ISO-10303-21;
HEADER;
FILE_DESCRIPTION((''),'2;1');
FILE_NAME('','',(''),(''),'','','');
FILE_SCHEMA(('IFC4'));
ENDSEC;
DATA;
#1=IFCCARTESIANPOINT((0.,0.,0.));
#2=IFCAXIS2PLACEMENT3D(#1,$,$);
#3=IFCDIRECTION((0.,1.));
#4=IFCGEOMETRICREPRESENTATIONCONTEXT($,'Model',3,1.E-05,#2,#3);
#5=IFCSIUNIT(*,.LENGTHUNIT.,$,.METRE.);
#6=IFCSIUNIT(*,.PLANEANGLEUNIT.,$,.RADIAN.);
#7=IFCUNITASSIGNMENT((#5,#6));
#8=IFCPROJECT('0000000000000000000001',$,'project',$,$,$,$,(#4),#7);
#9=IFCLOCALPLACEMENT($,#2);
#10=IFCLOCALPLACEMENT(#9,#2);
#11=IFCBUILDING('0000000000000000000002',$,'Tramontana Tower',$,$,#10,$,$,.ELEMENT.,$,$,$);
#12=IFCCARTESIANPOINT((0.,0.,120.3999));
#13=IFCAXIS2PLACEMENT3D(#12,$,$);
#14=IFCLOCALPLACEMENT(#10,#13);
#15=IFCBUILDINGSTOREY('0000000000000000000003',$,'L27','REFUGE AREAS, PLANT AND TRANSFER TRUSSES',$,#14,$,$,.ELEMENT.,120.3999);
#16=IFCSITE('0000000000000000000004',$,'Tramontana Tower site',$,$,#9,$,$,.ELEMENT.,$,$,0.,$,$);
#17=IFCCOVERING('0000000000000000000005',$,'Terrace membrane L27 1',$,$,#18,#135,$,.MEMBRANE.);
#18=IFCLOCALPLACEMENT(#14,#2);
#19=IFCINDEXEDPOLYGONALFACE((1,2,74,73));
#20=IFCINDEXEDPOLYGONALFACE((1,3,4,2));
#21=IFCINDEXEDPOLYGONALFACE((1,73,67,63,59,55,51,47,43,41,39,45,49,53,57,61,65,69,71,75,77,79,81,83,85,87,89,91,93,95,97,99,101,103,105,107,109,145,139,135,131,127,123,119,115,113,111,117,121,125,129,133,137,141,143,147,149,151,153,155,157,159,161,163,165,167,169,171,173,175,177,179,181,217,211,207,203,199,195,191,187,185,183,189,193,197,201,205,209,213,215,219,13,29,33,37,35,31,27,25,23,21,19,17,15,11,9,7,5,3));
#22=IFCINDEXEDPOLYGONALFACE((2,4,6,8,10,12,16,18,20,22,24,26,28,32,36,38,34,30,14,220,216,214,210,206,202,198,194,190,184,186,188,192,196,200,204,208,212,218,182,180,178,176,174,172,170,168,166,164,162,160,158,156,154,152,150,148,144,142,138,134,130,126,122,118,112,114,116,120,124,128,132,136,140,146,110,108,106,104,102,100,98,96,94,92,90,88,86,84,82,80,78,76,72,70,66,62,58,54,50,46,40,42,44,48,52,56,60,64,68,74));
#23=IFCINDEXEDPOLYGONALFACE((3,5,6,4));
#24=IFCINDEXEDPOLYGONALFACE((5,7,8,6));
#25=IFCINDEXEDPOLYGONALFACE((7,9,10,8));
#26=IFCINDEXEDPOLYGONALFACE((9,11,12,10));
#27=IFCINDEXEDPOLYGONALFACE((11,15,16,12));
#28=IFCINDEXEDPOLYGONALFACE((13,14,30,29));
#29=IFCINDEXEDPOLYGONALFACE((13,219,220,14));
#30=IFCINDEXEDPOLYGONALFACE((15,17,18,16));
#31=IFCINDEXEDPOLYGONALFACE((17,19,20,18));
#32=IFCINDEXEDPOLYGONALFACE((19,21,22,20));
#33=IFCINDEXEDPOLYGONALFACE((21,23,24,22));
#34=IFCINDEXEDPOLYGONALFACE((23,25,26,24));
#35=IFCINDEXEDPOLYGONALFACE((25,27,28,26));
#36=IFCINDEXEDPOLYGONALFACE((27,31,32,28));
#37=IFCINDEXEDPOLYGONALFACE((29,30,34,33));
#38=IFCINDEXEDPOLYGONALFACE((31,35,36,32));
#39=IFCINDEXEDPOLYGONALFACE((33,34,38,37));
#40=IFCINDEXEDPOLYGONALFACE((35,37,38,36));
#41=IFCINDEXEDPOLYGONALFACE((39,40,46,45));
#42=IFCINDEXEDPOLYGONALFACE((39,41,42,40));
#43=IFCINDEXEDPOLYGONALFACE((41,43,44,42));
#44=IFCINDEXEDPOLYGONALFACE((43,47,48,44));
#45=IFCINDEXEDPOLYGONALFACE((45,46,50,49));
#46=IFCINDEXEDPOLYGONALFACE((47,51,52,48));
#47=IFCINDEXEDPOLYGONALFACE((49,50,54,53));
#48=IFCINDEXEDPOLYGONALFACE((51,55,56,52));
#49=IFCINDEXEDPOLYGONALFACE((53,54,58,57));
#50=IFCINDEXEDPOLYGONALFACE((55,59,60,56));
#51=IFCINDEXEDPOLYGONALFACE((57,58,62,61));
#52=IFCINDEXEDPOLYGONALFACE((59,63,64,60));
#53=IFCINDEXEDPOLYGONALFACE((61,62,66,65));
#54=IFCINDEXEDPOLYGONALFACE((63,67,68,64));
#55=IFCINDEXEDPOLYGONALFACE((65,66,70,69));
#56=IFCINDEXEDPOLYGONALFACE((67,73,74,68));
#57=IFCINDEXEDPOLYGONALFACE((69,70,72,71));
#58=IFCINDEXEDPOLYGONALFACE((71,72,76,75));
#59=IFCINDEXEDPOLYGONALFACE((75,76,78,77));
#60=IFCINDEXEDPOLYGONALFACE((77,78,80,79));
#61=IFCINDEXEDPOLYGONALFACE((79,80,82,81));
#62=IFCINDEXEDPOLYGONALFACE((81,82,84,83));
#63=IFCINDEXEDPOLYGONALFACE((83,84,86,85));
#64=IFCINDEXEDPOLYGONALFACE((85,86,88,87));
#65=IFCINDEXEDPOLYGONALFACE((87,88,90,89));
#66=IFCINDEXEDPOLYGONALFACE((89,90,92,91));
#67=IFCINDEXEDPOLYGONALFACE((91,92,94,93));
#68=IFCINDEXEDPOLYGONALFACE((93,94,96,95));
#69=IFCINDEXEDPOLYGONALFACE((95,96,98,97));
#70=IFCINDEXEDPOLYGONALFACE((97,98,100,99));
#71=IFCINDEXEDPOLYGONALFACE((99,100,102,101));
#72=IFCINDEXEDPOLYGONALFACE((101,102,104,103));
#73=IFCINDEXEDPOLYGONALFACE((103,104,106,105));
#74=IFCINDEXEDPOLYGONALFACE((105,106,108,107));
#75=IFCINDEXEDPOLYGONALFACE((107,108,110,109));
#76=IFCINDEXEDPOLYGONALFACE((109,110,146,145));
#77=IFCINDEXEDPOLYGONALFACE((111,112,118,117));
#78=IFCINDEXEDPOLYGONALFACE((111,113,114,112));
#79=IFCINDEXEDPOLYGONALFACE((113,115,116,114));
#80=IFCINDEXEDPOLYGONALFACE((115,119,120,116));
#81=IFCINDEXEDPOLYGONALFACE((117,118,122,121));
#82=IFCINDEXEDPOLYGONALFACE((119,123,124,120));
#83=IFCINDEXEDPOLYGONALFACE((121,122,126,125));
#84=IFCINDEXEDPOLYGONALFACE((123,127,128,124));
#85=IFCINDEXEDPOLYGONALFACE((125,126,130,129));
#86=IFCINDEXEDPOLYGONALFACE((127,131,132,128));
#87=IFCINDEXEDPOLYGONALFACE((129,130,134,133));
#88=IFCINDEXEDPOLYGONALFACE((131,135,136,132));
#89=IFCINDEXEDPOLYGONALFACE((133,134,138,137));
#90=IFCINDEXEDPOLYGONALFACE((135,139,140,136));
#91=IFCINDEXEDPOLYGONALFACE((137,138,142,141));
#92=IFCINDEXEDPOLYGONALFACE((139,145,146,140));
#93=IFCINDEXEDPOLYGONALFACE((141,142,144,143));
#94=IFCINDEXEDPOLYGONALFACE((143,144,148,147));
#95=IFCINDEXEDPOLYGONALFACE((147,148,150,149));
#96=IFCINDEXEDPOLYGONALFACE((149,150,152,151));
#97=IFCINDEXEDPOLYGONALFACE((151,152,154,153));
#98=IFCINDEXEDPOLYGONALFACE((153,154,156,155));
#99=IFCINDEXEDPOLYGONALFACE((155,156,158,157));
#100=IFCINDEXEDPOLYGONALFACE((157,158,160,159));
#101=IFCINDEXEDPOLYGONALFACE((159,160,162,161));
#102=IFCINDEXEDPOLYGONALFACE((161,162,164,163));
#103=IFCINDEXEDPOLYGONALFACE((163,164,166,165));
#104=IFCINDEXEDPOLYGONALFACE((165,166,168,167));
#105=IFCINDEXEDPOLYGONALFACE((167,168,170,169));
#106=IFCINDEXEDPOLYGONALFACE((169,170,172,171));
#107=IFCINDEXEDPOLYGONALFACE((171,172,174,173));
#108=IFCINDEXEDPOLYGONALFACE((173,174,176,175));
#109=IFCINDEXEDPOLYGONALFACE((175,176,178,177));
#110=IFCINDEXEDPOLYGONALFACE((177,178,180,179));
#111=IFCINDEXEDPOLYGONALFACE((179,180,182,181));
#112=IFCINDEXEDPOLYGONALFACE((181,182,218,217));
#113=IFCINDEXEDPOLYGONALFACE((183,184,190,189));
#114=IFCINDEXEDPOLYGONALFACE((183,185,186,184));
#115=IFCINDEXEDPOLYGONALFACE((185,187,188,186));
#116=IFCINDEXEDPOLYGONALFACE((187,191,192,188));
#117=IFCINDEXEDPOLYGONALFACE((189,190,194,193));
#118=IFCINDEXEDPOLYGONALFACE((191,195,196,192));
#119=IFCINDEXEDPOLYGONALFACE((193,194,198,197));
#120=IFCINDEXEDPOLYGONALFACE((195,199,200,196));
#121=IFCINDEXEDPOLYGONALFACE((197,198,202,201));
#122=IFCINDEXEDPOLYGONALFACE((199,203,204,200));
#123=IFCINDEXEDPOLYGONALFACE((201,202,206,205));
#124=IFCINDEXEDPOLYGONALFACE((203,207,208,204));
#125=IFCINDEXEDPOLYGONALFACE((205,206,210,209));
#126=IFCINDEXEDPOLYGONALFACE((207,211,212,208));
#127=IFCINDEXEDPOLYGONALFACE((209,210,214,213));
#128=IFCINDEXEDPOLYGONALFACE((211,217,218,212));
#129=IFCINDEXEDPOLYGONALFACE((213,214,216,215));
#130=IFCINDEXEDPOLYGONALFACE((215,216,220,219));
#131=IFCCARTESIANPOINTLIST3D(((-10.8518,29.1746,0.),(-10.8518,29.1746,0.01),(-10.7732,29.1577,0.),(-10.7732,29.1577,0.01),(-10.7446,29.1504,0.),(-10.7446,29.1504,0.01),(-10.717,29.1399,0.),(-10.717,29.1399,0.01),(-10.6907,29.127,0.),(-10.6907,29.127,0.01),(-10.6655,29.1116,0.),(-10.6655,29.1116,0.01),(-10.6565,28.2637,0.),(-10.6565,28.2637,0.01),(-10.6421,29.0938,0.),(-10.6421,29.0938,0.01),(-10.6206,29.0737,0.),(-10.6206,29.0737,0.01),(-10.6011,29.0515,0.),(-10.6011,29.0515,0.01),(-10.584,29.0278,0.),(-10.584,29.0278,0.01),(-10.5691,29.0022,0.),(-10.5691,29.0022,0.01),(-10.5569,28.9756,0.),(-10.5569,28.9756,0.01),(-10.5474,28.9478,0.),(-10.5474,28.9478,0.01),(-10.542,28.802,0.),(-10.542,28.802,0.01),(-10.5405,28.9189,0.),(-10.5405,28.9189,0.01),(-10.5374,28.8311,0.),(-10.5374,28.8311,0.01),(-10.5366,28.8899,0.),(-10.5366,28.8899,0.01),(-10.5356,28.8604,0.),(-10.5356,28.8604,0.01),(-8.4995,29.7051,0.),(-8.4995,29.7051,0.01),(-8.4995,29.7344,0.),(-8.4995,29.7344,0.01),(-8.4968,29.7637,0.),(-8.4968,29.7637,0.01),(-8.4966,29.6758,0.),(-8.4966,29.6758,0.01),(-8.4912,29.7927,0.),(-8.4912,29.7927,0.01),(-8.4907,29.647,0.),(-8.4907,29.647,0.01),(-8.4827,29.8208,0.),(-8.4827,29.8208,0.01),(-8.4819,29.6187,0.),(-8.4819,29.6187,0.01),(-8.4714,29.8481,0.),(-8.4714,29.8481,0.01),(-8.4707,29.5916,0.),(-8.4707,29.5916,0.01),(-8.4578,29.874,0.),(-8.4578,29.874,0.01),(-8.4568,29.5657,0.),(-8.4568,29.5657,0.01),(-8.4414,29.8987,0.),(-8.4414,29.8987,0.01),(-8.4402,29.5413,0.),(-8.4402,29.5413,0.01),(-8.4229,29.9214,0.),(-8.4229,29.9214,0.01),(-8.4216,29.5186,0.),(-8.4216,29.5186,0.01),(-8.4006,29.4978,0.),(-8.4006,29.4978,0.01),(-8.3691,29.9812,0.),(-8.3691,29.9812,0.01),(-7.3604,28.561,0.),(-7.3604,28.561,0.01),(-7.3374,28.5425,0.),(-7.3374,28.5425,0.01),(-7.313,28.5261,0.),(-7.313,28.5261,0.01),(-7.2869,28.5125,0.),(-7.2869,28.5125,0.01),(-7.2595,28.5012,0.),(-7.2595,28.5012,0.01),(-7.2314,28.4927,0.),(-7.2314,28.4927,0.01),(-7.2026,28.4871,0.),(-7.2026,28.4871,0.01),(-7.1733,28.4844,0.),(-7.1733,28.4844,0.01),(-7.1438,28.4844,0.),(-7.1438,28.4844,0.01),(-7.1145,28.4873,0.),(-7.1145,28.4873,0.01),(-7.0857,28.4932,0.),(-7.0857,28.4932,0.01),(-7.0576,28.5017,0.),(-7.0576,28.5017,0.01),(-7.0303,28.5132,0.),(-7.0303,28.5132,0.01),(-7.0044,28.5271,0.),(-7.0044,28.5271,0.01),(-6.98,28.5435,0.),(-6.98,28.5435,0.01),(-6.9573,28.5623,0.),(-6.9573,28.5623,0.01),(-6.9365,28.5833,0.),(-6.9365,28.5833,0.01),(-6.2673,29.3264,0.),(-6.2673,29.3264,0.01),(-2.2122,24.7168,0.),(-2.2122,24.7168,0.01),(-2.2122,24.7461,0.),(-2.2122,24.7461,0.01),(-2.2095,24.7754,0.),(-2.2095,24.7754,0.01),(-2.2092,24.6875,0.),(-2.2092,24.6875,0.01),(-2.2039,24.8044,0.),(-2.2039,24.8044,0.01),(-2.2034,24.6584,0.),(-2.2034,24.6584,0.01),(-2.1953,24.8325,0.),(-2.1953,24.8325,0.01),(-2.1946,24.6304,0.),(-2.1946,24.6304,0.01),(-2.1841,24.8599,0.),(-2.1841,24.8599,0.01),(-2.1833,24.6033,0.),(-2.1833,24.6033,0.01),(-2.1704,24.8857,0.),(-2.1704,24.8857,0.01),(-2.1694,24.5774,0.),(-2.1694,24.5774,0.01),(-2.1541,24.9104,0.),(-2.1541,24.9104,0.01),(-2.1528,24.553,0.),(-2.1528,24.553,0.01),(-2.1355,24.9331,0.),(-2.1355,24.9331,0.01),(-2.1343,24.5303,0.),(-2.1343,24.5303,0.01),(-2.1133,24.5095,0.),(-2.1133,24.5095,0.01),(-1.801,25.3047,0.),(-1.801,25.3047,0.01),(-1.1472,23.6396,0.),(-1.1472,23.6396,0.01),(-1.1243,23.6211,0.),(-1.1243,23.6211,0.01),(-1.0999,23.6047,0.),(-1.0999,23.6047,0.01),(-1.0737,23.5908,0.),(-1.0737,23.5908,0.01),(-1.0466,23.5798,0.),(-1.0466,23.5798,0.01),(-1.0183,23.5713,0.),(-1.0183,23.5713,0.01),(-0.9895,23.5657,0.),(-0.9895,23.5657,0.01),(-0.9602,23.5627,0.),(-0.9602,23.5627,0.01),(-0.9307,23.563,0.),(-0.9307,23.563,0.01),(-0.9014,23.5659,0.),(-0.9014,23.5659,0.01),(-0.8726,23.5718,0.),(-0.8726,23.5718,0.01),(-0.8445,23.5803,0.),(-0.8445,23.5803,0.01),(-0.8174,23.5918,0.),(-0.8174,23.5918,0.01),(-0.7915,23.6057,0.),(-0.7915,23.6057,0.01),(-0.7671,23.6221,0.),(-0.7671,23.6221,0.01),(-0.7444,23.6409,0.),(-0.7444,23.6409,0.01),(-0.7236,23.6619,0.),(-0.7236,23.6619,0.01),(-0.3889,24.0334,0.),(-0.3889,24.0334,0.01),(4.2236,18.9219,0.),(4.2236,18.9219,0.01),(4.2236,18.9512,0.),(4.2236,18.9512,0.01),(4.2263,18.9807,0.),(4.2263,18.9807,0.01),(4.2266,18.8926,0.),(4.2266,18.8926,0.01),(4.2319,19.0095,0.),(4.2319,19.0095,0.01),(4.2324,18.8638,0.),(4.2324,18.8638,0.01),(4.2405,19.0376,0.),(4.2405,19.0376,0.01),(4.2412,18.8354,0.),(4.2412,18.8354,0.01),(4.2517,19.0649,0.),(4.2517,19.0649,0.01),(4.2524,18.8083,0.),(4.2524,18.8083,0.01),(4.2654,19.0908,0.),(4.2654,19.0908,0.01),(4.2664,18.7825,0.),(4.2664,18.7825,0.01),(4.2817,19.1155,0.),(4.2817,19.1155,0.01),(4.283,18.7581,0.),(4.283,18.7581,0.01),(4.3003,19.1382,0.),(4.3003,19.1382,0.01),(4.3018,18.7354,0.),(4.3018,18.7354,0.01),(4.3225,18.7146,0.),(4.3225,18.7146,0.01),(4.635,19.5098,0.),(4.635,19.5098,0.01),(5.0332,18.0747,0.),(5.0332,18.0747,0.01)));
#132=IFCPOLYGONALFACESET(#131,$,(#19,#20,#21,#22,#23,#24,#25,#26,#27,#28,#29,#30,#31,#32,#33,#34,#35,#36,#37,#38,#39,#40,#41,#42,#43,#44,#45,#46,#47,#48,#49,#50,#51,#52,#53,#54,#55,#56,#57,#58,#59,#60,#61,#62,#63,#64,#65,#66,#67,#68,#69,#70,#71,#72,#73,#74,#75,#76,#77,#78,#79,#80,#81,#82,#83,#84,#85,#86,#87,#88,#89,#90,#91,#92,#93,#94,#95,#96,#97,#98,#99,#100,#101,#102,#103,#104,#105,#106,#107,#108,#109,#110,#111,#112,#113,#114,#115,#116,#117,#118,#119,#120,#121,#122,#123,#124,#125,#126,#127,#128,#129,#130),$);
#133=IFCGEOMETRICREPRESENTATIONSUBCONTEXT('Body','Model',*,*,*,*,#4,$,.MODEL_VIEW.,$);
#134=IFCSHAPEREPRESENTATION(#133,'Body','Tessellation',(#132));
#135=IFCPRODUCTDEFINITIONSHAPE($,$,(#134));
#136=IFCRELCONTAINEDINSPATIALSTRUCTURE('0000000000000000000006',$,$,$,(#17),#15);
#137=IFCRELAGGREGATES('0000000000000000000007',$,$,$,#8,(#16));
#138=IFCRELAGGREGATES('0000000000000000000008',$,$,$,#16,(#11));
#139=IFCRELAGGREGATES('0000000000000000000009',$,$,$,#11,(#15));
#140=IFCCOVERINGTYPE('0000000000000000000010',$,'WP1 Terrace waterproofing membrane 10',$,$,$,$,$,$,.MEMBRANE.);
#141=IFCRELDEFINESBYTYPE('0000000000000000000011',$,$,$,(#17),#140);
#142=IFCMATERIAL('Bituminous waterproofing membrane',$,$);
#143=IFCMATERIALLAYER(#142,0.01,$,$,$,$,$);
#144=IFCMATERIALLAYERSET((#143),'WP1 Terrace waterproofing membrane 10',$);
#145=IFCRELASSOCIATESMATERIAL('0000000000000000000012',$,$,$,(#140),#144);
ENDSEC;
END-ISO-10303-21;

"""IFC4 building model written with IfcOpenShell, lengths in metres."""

from ifc_helpers import new_model, si_unit, direction, frame, origin, place, context, subcontext, project, spatial, polyline, outline, extrude, material, layer, layer_set, type_object, element, save


model = new_model("IFC4")

# Units and contexts
model_context = context("Model", 3, precision=1e-05, world=origin(), true_north=direction((0.0, 1.0)))
body_context = subcontext(model_context, "Body", "Model", "MODEL_VIEW")
ifc_project = project(units=[si_unit("LENGTHUNIT", "METRE"), si_unit("PLANEANGLEUNIT", "RADIAN")], contexts=[model_context])

# Site, building, storey
site_placement = place(None, origin())
site = spatial("IfcSite", under=ifc_project, at=site_placement, Name="Tramontana Tower site", CompositionType="ELEMENT", RefElevation=0.0)
building_placement = place(site_placement, origin())
building = spatial("IfcBuilding", under=site, at=building_placement, Name="Tramontana Tower", CompositionType="ELEMENT")
storey_placement = place(building_placement, frame((0.0, 0.0, 120.3999)))
storey = spatial("IfcBuildingStorey", under=building, at=storey_placement, Name="L27", Description="REFUGE AREAS, PLANT AND TRANSFER TRUSSES", CompositionType="ELEMENT", Elevation=120.3999)

# Covering
ifc_material_1 = material(Name="Bituminous waterproofing membrane")
ifc_layer_1 = layer(ifc_material_1, 0.01)
ifc_layer_set_1 = layer_set([ifc_layer_1], Name="WP1 Terrace waterproofing membrane 10")
covering_type_1 = type_object("IfcCoveringType", Name="WP1 Terrace waterproofing membrane 10", PredefinedType="MEMBRANE", material=ifc_layer_set_1)
covering_1_placement = place(storey_placement, origin())
element("IfcCovering", 1, at=covering_1_placement, inside=storey, type_object=covering_type_1, Name="Terrace membrane L27 1", PredefinedType="MEMBRANE", context=body_context, shape_type="SweptSolid", body=[
    extrude(outline(polyline([(-8.3691, 29.9812), (-8.4229, 29.9214), (-8.4414, 29.8987), (-8.4578, 29.874), (-8.4714, 29.8481), (-8.4827, 29.8208), (-8.4912, 29.7927), (-8.4968, 29.7637), (-8.4995, 29.7344), (-8.4995, 29.7051), (-8.4966, 29.6758), (-8.4907, 29.647), (-8.4819, 29.6187), (-8.4707, 29.5916), (-8.4568, 29.5657), (-8.4402, 29.5413), (-8.4216, 29.5186), (-8.4006, 29.4978), (-7.3604, 28.561), (-7.3374, 28.5425), (-7.313, 28.5261), (-7.2869, 28.5125), (-7.2595, 28.5012), (-7.2314, 28.4927), (-7.2026, 28.4871), (-7.1733, 28.4844), (-7.1438, 28.4844), (-7.1145, 28.4873), (-7.0857, 28.4932), (-7.0576, 28.5017), (-7.0303, 28.5132), (-7.0044, 28.5271), (-6.98, 28.5435), (-6.9573, 28.5623), (-6.9365, 28.5833), (-6.2673, 29.3264), (-1.801, 25.3047), (-2.1355, 24.9331), (-2.1541, 24.9104), (-2.1704, 24.8857), (-2.1841, 24.8599), (-2.1953, 24.8325), (-2.2039, 24.8044), (-2.2095, 24.7754), (-2.2122, 24.7461), (-2.2122, 24.7168), (-2.2092, 24.6875), (-2.2034, 24.6584), (-2.1946, 24.6304), (-2.1833, 24.6033), (-2.1694, 24.5774), (-2.1528, 24.553), (-2.1343, 24.5303), (-2.1133, 24.5095), (-1.1472, 23.6396), (-1.1243, 23.6211), (-1.0999, 23.6047), (-1.0737, 23.5908), (-1.0466, 23.5798), (-1.0183, 23.5713), (-0.9895, 23.5657), (-0.9602, 23.5627), (-0.9307, 23.563), (-0.9014, 23.5659), (-0.8726, 23.5718), (-0.8445, 23.5803), (-0.8174, 23.5918), (-0.7915, 23.6057), (-0.7671, 23.6221), (-0.7444, 23.6409), (-0.7236, 23.6619), (-0.3889, 24.0334), (4.635, 19.5098), (4.3003, 19.1382), (4.2817, 19.1155), (4.2654, 19.0908), (4.2517, 19.0649), (4.2405, 19.0376), (4.2319, 19.0095), (4.2263, 18.9807), (4.2236, 18.9512), (4.2236, 18.9219), (4.2266, 18.8926), (4.2324, 18.8638), (4.2412, 18.8354), (4.2524, 18.8083), (4.2664, 18.7825), (4.283, 18.7581), (4.3018, 18.7354), (4.3225, 18.7146), (5.0332, 18.0747), (-10.6565, 28.2637), (-10.542, 28.802), (-10.5374, 28.8311), (-10.5356, 28.8604), (-10.5366, 28.8899), (-10.5405, 28.9189), (-10.5474, 28.9478), (-10.5569, 28.9756), (-10.5691, 29.0022), (-10.584, 29.0278), (-10.6011, 29.0515), (-10.6206, 29.0737), (-10.6421, 29.0938), (-10.6655, 29.1116), (-10.6907, 29.127), (-10.717, 29.1399), (-10.7446, 29.1504), (-10.7732, 29.1577), (-10.8518, 29.1746), (-8.3691, 29.9812)])), origin(), (0.0, 0.0, 1.0), 0.01),
])

save(model, "model.ifc")
